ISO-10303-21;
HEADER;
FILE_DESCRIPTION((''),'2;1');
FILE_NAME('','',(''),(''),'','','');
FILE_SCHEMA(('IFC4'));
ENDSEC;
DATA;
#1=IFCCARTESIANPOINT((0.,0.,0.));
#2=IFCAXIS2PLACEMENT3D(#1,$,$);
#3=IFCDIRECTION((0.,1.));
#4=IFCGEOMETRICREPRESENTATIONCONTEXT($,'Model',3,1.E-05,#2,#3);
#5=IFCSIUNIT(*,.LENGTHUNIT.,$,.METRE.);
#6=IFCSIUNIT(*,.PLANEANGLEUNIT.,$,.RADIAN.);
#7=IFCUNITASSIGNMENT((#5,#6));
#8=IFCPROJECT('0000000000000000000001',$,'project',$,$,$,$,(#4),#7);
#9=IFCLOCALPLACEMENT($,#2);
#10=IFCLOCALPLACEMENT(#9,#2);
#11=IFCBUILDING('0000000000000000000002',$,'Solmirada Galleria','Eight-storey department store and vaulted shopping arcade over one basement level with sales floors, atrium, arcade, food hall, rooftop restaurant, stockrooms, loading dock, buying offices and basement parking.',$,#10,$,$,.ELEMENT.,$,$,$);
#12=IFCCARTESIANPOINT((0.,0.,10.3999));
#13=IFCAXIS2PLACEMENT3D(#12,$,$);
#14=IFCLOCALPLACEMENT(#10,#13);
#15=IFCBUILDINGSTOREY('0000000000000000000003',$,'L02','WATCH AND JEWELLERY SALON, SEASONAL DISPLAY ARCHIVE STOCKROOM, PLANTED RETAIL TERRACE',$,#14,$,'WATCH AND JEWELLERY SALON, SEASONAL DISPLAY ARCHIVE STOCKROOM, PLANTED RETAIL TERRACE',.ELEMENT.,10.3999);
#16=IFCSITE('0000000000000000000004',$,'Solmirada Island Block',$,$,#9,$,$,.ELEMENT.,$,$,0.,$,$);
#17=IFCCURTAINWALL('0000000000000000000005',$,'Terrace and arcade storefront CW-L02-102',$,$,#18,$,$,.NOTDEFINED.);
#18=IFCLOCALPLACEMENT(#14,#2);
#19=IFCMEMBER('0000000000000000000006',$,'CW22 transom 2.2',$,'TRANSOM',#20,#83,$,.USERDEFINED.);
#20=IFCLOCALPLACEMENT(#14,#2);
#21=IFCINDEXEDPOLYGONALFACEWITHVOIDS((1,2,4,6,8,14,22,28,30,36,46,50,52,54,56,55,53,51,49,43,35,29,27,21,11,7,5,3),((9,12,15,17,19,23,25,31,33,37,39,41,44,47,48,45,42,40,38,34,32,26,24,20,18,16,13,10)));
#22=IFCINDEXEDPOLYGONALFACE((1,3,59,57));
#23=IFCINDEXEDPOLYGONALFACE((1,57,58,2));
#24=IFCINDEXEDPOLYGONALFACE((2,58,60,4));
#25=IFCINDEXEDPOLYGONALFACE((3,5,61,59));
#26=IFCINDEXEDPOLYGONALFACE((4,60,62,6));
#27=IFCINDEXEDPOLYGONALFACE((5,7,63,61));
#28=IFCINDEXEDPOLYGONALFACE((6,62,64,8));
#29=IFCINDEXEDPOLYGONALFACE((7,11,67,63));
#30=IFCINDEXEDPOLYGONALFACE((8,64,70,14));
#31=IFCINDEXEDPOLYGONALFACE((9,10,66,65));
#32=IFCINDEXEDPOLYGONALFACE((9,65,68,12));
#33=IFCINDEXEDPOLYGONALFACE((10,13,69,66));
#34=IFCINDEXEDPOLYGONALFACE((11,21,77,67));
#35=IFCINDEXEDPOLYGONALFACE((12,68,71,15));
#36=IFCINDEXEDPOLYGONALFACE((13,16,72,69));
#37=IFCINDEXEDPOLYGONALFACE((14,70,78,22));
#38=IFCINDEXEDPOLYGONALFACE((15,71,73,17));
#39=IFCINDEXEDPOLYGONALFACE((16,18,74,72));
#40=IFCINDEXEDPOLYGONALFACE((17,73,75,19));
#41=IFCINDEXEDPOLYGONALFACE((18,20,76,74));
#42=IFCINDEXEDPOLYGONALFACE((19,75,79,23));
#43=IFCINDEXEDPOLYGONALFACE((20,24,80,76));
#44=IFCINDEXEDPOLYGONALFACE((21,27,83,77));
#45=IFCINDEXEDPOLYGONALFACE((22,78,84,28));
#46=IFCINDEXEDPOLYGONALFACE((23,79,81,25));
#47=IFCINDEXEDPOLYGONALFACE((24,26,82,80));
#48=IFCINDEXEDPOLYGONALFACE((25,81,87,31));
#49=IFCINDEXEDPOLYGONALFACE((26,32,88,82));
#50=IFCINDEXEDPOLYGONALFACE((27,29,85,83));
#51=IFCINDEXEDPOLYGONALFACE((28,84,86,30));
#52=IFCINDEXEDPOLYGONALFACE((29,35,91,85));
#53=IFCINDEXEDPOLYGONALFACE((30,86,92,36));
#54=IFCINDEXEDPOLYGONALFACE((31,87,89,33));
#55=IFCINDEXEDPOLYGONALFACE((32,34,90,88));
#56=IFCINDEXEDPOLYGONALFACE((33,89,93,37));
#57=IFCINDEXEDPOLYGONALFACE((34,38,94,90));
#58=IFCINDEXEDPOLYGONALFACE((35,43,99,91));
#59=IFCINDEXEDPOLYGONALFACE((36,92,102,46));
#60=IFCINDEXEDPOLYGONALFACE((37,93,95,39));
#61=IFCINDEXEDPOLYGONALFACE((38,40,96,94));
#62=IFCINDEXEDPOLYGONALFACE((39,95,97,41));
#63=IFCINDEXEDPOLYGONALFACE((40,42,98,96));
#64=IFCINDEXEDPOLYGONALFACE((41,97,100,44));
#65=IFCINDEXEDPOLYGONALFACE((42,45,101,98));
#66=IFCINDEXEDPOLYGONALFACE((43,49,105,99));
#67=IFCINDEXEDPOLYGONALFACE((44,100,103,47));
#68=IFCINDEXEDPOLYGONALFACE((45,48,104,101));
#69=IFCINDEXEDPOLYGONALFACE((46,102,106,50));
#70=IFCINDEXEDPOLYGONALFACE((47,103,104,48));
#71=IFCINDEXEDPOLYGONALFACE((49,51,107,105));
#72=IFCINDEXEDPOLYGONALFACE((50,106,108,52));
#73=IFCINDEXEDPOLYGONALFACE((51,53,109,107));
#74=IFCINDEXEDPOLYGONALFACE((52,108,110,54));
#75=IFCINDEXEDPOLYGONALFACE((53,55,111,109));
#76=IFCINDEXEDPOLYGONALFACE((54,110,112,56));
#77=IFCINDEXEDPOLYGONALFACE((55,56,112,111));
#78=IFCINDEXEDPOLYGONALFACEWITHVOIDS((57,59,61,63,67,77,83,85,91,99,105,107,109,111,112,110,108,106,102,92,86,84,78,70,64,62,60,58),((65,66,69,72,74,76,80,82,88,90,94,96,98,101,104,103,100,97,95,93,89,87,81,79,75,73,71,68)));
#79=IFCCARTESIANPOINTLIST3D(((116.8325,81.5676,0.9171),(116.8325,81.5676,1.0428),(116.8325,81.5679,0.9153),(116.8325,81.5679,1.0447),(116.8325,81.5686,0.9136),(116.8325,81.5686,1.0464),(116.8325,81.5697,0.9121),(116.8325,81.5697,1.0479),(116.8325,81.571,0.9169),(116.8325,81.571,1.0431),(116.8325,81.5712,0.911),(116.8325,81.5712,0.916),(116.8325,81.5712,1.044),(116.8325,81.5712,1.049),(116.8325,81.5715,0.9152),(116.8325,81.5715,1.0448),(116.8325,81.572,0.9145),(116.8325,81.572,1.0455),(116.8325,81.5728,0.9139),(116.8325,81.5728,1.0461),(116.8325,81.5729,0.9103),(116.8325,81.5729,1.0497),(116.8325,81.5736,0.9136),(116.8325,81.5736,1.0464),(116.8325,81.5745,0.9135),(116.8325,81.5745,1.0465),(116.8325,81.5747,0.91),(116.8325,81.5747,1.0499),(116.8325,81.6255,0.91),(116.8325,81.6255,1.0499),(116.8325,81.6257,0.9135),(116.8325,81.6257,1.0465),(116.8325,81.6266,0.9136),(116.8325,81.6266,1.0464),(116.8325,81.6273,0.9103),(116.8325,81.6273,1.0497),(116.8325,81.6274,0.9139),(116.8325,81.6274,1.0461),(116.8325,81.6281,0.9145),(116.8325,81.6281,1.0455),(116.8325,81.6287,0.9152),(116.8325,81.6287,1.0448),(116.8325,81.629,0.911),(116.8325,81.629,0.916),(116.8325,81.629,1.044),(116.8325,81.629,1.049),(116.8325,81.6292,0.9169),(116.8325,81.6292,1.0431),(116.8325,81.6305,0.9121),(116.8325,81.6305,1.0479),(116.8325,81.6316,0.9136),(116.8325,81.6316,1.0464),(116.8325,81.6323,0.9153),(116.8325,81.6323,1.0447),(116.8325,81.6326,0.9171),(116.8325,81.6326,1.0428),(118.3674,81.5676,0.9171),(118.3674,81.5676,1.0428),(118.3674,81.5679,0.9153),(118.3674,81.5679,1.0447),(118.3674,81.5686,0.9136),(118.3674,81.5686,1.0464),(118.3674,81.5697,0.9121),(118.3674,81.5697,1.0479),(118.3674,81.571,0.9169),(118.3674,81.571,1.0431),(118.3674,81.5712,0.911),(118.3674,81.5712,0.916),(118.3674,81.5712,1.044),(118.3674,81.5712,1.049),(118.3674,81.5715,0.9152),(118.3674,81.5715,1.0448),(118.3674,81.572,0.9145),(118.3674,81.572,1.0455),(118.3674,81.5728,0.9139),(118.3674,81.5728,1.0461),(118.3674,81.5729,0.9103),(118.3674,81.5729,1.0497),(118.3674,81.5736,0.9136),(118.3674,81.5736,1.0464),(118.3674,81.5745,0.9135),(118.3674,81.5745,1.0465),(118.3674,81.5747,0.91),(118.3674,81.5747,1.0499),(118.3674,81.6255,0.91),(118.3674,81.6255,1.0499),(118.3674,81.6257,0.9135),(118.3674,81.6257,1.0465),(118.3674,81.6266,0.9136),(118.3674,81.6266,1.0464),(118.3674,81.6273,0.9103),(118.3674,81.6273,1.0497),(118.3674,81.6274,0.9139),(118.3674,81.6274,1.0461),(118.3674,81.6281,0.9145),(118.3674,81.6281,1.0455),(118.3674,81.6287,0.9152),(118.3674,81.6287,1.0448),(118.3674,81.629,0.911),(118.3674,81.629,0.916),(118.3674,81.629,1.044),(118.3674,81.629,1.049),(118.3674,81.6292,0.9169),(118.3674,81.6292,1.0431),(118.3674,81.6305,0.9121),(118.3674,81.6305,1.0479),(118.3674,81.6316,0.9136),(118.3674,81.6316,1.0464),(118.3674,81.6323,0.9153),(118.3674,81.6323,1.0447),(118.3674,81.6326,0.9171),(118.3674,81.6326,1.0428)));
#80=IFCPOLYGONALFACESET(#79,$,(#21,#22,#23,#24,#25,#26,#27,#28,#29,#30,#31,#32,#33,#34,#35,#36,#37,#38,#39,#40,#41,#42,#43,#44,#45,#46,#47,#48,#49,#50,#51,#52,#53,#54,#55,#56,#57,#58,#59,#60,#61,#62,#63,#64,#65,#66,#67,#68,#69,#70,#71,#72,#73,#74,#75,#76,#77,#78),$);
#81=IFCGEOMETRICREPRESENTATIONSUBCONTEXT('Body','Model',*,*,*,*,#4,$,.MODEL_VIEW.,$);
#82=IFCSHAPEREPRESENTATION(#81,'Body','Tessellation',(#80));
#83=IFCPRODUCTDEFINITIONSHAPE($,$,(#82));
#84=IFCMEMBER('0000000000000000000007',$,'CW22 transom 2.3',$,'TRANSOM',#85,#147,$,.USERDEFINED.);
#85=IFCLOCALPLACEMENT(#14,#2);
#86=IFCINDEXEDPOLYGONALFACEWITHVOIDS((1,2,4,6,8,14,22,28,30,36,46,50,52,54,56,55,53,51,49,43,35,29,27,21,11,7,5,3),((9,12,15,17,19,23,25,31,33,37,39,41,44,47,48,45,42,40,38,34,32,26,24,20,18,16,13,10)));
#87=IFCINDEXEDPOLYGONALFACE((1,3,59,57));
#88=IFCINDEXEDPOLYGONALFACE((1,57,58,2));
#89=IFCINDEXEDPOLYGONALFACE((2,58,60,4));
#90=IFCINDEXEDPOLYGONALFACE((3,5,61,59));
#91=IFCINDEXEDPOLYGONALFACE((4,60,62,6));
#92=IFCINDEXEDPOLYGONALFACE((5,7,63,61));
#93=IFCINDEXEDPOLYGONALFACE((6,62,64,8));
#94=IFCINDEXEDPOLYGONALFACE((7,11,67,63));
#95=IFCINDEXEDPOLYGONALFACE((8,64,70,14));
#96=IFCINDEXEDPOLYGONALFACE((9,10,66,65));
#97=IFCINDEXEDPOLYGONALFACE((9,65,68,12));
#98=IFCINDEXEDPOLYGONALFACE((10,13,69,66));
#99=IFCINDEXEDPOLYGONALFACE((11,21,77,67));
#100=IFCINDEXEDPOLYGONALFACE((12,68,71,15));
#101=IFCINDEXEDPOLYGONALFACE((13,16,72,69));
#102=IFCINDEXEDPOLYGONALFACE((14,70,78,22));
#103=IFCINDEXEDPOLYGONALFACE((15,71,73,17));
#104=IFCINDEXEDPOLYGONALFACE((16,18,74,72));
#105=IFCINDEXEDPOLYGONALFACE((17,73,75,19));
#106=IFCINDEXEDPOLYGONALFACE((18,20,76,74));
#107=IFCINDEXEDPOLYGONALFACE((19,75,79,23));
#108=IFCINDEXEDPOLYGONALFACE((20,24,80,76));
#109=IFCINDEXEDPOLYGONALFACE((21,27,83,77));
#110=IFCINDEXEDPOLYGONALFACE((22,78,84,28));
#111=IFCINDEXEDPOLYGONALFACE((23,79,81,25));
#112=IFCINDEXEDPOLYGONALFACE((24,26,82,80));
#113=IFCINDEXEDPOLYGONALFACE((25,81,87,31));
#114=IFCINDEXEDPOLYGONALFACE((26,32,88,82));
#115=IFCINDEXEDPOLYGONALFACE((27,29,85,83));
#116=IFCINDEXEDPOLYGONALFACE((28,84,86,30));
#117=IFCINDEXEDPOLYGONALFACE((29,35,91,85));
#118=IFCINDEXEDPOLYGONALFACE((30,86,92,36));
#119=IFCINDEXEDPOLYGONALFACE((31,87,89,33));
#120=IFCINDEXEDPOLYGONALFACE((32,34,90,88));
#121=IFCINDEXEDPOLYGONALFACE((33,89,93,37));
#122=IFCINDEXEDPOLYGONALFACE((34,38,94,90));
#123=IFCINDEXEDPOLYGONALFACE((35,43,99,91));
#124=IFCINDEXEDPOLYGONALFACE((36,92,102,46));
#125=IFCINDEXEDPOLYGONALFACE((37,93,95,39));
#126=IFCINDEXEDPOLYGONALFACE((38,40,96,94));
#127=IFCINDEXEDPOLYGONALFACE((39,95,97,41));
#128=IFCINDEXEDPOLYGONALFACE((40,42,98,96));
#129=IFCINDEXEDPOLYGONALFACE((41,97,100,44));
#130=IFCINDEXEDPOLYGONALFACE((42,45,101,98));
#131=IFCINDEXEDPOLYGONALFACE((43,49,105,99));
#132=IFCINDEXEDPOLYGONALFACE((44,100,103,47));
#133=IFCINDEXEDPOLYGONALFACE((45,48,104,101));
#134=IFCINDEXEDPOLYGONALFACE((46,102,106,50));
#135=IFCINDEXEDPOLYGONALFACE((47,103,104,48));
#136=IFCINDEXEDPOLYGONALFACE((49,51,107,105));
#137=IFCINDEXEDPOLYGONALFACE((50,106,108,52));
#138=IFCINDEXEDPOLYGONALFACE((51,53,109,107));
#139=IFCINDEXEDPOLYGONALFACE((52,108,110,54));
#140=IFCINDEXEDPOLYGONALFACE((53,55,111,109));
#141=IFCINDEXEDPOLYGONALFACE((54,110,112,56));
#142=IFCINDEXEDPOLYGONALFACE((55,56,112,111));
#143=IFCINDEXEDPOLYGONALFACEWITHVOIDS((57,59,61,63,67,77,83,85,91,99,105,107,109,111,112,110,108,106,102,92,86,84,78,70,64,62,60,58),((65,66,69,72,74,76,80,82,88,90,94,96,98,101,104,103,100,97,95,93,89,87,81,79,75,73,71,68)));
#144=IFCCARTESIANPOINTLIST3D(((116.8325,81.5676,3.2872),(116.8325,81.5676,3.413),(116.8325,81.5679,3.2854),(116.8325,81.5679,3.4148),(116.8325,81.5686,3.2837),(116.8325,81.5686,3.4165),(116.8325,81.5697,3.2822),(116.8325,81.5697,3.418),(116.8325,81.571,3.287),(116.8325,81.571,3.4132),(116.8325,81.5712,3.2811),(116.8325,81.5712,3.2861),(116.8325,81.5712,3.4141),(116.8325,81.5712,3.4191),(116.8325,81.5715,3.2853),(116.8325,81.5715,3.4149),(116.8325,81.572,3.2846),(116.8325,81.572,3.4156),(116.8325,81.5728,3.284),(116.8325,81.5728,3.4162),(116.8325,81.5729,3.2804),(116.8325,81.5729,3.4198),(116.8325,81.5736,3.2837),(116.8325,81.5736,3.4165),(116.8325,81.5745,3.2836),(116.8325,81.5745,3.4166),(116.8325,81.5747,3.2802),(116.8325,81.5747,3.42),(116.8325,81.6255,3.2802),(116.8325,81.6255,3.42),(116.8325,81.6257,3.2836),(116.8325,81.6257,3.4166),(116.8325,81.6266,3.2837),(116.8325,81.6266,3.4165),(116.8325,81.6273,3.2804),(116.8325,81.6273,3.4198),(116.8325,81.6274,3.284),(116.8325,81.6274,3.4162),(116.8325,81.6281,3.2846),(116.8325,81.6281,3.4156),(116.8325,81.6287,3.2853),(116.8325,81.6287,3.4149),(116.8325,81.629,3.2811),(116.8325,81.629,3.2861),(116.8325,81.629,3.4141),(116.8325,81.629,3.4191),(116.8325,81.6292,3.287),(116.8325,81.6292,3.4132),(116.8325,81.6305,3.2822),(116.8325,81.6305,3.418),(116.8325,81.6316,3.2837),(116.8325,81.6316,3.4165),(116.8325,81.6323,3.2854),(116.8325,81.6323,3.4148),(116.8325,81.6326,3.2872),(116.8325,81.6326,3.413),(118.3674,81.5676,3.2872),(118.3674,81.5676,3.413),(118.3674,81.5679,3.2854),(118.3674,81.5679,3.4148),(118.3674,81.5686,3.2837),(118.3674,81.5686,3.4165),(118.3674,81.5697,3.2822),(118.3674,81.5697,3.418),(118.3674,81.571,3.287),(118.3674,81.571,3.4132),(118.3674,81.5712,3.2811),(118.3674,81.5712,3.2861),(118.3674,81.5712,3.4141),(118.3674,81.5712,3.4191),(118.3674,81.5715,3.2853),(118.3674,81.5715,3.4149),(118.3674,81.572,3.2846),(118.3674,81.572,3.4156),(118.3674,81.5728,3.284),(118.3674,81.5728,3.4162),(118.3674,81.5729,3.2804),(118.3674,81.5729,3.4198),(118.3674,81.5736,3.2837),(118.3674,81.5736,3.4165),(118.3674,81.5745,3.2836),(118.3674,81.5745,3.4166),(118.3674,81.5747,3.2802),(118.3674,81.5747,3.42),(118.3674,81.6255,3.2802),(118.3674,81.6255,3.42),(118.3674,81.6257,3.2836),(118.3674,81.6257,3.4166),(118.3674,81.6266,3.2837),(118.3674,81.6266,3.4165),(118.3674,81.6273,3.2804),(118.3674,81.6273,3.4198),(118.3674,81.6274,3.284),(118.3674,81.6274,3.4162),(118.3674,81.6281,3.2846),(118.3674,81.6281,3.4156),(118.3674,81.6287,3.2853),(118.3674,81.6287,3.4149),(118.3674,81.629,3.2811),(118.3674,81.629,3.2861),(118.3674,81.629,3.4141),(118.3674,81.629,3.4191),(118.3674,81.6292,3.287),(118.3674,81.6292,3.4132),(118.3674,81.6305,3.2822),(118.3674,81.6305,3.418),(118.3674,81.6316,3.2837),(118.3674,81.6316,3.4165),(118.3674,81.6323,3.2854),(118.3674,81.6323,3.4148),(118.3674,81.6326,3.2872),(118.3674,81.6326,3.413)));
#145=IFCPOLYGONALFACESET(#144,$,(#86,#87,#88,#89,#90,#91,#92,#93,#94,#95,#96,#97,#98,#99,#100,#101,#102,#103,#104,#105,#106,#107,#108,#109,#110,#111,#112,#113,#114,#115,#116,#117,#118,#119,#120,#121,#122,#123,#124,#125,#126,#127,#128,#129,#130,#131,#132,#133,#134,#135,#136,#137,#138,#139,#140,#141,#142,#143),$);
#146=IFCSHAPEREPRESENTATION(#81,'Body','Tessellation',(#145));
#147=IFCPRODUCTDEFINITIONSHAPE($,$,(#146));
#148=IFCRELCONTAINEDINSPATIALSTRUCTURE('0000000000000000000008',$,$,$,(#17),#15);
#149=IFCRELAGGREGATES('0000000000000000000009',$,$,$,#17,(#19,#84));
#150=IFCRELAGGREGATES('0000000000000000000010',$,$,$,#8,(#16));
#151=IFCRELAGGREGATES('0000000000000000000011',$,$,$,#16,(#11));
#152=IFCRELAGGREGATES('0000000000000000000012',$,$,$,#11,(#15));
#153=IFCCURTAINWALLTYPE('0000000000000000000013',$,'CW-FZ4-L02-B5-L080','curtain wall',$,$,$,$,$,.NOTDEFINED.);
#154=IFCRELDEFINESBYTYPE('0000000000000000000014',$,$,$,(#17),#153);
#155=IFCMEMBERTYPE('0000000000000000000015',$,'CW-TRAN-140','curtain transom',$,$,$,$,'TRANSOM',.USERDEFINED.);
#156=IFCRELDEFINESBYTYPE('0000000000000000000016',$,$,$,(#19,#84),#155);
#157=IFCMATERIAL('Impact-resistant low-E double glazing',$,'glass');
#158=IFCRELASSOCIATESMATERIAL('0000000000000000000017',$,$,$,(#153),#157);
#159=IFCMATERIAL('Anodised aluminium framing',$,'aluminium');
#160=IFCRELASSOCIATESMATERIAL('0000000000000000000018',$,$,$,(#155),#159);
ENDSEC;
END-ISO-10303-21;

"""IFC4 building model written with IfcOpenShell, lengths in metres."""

from ifc_helpers import new_model, si_unit, direction, frame, origin, origin_2d, place, context, subcontext, project, spatial, hollow_rectangle, extrude, material, material_profile, profile_set, type_object, element, aggregate, save


model = new_model("IFC4")

# Units and contexts
model_context = context("Model", 3, precision=1e-05, world=origin(), true_north=direction((0.0, 1.0)))
body_context = subcontext(model_context, "Body", "Model", "MODEL_VIEW")
ifc_project = project(units=[si_unit("LENGTHUNIT", "METRE"), si_unit("PLANEANGLEUNIT", "RADIAN")], contexts=[model_context])

# Site, building, storey
site_placement = place(None, origin())
site = spatial("IfcSite", under=ifc_project, at=site_placement, Name="Solmirada Island Block", CompositionType="ELEMENT", RefElevation=0.0)
building_placement = place(site_placement, origin())
building = spatial("IfcBuilding", under=site, at=building_placement, Name="Solmirada Galleria", Description="Eight-storey department store and vaulted shopping arcade over one basement level with sales floors, atrium, arcade, food hall, rooftop restaurant, stockrooms, loading dock, buying offices and basement parking.", CompositionType="ELEMENT")
storey_placement = place(building_placement, frame((0.0, 0.0, 10.3999)))
storey = spatial("IfcBuildingStorey", under=building, at=storey_placement, Name="L02", Description="WATCH AND JEWELLERY SALON, SEASONAL DISPLAY ARCHIVE STOCKROOM, PLANTED RETAIL TERRACE", LongName="WATCH AND JEWELLERY SALON, SEASONAL DISPLAY ARCHIVE STOCKROOM, PLANTED RETAIL TERRACE", CompositionType="ELEMENT", Elevation=10.3999)

# Curtain wall, members
ifc_material_1 = material(Name="Impact-resistant low-E double glazing", Category="glass")
curtain_wall_type = type_object("IfcCurtainWallType", Name="CW-FZ4-L02-B5-L080", Description="curtain wall", PredefinedType="NOTDEFINED", material=ifc_material_1)
curtain_wall_placement = place(storey_placement, origin())
curtain_wall = element("IfcCurtainWall", 1, at=curtain_wall_placement, inside=storey, type_object=curtain_wall_type, Name="Terrace and arcade storefront CW-L02-102", PredefinedType="NOTDEFINED")
ifc_material_2 = material(Name="Anodised aluminium framing", Category="aluminium")
ifc_material_profile_1 = material_profile(ifc_material_2, hollow_rectangle(XDim=0.0649, YDim=0.1399, WallThickness=0.0034, InnerFilletRadius=0.0034, OuterFilletRadius=0.0071, at=origin_2d()), Name="ALU-TRAN-140X65")
ifc_profile_set_1 = profile_set([ifc_material_profile_1], Name="Anodised aluminium framing")
member_type_1 = type_object("IfcMemberType", Name="CW-TRAN-140", Description="curtain transom", ElementType="TRANSOM", PredefinedType="USERDEFINED", material=ifc_profile_set_1)
member_1_placement = place(storey_placement, frame((118.3674, 81.6001, 0.98), z_axis=(-1.0, 0.0, 0.0), x_axis=(0.0, -1.0, 0.0)))
member_1 = element("IfcMember", 2, at=member_1_placement, type_object=member_type_1, Name="CW22 transom 2.2", ObjectType="TRANSOM", PredefinedType="USERDEFINED", context=body_context, shape_type="SweptSolid", body=[
    extrude(hollow_rectangle(XDim=0.0649, YDim=0.1399, WallThickness=0.0034, InnerFilletRadius=0.0034, OuterFilletRadius=0.0071, at=origin_2d()), origin(), (0.0, 0.0, 1.0), 1.5349),
])
member_2_placement = place(storey_placement, frame((118.3674, 81.6001, 3.3501), z_axis=(-1.0, 0.0, 0.0), x_axis=(0.0, -1.0, 0.0)))
member_2 = element("IfcMember", 3, at=member_2_placement, type_object=member_type_1, Name="CW22 transom 2.3", ObjectType="TRANSOM", PredefinedType="USERDEFINED", context=body_context, shape_type="SweptSolid", body=[
    extrude(hollow_rectangle(XDim=0.0649, YDim=0.1399, WallThickness=0.0034, InnerFilletRadius=0.0034, OuterFilletRadius=0.0071, at=origin_2d()), origin(), (0.0, 0.0, 1.0), 1.5349),
])
aggregate(curtain_wall, [member_1, member_2])

save(model, "model.ifc")
